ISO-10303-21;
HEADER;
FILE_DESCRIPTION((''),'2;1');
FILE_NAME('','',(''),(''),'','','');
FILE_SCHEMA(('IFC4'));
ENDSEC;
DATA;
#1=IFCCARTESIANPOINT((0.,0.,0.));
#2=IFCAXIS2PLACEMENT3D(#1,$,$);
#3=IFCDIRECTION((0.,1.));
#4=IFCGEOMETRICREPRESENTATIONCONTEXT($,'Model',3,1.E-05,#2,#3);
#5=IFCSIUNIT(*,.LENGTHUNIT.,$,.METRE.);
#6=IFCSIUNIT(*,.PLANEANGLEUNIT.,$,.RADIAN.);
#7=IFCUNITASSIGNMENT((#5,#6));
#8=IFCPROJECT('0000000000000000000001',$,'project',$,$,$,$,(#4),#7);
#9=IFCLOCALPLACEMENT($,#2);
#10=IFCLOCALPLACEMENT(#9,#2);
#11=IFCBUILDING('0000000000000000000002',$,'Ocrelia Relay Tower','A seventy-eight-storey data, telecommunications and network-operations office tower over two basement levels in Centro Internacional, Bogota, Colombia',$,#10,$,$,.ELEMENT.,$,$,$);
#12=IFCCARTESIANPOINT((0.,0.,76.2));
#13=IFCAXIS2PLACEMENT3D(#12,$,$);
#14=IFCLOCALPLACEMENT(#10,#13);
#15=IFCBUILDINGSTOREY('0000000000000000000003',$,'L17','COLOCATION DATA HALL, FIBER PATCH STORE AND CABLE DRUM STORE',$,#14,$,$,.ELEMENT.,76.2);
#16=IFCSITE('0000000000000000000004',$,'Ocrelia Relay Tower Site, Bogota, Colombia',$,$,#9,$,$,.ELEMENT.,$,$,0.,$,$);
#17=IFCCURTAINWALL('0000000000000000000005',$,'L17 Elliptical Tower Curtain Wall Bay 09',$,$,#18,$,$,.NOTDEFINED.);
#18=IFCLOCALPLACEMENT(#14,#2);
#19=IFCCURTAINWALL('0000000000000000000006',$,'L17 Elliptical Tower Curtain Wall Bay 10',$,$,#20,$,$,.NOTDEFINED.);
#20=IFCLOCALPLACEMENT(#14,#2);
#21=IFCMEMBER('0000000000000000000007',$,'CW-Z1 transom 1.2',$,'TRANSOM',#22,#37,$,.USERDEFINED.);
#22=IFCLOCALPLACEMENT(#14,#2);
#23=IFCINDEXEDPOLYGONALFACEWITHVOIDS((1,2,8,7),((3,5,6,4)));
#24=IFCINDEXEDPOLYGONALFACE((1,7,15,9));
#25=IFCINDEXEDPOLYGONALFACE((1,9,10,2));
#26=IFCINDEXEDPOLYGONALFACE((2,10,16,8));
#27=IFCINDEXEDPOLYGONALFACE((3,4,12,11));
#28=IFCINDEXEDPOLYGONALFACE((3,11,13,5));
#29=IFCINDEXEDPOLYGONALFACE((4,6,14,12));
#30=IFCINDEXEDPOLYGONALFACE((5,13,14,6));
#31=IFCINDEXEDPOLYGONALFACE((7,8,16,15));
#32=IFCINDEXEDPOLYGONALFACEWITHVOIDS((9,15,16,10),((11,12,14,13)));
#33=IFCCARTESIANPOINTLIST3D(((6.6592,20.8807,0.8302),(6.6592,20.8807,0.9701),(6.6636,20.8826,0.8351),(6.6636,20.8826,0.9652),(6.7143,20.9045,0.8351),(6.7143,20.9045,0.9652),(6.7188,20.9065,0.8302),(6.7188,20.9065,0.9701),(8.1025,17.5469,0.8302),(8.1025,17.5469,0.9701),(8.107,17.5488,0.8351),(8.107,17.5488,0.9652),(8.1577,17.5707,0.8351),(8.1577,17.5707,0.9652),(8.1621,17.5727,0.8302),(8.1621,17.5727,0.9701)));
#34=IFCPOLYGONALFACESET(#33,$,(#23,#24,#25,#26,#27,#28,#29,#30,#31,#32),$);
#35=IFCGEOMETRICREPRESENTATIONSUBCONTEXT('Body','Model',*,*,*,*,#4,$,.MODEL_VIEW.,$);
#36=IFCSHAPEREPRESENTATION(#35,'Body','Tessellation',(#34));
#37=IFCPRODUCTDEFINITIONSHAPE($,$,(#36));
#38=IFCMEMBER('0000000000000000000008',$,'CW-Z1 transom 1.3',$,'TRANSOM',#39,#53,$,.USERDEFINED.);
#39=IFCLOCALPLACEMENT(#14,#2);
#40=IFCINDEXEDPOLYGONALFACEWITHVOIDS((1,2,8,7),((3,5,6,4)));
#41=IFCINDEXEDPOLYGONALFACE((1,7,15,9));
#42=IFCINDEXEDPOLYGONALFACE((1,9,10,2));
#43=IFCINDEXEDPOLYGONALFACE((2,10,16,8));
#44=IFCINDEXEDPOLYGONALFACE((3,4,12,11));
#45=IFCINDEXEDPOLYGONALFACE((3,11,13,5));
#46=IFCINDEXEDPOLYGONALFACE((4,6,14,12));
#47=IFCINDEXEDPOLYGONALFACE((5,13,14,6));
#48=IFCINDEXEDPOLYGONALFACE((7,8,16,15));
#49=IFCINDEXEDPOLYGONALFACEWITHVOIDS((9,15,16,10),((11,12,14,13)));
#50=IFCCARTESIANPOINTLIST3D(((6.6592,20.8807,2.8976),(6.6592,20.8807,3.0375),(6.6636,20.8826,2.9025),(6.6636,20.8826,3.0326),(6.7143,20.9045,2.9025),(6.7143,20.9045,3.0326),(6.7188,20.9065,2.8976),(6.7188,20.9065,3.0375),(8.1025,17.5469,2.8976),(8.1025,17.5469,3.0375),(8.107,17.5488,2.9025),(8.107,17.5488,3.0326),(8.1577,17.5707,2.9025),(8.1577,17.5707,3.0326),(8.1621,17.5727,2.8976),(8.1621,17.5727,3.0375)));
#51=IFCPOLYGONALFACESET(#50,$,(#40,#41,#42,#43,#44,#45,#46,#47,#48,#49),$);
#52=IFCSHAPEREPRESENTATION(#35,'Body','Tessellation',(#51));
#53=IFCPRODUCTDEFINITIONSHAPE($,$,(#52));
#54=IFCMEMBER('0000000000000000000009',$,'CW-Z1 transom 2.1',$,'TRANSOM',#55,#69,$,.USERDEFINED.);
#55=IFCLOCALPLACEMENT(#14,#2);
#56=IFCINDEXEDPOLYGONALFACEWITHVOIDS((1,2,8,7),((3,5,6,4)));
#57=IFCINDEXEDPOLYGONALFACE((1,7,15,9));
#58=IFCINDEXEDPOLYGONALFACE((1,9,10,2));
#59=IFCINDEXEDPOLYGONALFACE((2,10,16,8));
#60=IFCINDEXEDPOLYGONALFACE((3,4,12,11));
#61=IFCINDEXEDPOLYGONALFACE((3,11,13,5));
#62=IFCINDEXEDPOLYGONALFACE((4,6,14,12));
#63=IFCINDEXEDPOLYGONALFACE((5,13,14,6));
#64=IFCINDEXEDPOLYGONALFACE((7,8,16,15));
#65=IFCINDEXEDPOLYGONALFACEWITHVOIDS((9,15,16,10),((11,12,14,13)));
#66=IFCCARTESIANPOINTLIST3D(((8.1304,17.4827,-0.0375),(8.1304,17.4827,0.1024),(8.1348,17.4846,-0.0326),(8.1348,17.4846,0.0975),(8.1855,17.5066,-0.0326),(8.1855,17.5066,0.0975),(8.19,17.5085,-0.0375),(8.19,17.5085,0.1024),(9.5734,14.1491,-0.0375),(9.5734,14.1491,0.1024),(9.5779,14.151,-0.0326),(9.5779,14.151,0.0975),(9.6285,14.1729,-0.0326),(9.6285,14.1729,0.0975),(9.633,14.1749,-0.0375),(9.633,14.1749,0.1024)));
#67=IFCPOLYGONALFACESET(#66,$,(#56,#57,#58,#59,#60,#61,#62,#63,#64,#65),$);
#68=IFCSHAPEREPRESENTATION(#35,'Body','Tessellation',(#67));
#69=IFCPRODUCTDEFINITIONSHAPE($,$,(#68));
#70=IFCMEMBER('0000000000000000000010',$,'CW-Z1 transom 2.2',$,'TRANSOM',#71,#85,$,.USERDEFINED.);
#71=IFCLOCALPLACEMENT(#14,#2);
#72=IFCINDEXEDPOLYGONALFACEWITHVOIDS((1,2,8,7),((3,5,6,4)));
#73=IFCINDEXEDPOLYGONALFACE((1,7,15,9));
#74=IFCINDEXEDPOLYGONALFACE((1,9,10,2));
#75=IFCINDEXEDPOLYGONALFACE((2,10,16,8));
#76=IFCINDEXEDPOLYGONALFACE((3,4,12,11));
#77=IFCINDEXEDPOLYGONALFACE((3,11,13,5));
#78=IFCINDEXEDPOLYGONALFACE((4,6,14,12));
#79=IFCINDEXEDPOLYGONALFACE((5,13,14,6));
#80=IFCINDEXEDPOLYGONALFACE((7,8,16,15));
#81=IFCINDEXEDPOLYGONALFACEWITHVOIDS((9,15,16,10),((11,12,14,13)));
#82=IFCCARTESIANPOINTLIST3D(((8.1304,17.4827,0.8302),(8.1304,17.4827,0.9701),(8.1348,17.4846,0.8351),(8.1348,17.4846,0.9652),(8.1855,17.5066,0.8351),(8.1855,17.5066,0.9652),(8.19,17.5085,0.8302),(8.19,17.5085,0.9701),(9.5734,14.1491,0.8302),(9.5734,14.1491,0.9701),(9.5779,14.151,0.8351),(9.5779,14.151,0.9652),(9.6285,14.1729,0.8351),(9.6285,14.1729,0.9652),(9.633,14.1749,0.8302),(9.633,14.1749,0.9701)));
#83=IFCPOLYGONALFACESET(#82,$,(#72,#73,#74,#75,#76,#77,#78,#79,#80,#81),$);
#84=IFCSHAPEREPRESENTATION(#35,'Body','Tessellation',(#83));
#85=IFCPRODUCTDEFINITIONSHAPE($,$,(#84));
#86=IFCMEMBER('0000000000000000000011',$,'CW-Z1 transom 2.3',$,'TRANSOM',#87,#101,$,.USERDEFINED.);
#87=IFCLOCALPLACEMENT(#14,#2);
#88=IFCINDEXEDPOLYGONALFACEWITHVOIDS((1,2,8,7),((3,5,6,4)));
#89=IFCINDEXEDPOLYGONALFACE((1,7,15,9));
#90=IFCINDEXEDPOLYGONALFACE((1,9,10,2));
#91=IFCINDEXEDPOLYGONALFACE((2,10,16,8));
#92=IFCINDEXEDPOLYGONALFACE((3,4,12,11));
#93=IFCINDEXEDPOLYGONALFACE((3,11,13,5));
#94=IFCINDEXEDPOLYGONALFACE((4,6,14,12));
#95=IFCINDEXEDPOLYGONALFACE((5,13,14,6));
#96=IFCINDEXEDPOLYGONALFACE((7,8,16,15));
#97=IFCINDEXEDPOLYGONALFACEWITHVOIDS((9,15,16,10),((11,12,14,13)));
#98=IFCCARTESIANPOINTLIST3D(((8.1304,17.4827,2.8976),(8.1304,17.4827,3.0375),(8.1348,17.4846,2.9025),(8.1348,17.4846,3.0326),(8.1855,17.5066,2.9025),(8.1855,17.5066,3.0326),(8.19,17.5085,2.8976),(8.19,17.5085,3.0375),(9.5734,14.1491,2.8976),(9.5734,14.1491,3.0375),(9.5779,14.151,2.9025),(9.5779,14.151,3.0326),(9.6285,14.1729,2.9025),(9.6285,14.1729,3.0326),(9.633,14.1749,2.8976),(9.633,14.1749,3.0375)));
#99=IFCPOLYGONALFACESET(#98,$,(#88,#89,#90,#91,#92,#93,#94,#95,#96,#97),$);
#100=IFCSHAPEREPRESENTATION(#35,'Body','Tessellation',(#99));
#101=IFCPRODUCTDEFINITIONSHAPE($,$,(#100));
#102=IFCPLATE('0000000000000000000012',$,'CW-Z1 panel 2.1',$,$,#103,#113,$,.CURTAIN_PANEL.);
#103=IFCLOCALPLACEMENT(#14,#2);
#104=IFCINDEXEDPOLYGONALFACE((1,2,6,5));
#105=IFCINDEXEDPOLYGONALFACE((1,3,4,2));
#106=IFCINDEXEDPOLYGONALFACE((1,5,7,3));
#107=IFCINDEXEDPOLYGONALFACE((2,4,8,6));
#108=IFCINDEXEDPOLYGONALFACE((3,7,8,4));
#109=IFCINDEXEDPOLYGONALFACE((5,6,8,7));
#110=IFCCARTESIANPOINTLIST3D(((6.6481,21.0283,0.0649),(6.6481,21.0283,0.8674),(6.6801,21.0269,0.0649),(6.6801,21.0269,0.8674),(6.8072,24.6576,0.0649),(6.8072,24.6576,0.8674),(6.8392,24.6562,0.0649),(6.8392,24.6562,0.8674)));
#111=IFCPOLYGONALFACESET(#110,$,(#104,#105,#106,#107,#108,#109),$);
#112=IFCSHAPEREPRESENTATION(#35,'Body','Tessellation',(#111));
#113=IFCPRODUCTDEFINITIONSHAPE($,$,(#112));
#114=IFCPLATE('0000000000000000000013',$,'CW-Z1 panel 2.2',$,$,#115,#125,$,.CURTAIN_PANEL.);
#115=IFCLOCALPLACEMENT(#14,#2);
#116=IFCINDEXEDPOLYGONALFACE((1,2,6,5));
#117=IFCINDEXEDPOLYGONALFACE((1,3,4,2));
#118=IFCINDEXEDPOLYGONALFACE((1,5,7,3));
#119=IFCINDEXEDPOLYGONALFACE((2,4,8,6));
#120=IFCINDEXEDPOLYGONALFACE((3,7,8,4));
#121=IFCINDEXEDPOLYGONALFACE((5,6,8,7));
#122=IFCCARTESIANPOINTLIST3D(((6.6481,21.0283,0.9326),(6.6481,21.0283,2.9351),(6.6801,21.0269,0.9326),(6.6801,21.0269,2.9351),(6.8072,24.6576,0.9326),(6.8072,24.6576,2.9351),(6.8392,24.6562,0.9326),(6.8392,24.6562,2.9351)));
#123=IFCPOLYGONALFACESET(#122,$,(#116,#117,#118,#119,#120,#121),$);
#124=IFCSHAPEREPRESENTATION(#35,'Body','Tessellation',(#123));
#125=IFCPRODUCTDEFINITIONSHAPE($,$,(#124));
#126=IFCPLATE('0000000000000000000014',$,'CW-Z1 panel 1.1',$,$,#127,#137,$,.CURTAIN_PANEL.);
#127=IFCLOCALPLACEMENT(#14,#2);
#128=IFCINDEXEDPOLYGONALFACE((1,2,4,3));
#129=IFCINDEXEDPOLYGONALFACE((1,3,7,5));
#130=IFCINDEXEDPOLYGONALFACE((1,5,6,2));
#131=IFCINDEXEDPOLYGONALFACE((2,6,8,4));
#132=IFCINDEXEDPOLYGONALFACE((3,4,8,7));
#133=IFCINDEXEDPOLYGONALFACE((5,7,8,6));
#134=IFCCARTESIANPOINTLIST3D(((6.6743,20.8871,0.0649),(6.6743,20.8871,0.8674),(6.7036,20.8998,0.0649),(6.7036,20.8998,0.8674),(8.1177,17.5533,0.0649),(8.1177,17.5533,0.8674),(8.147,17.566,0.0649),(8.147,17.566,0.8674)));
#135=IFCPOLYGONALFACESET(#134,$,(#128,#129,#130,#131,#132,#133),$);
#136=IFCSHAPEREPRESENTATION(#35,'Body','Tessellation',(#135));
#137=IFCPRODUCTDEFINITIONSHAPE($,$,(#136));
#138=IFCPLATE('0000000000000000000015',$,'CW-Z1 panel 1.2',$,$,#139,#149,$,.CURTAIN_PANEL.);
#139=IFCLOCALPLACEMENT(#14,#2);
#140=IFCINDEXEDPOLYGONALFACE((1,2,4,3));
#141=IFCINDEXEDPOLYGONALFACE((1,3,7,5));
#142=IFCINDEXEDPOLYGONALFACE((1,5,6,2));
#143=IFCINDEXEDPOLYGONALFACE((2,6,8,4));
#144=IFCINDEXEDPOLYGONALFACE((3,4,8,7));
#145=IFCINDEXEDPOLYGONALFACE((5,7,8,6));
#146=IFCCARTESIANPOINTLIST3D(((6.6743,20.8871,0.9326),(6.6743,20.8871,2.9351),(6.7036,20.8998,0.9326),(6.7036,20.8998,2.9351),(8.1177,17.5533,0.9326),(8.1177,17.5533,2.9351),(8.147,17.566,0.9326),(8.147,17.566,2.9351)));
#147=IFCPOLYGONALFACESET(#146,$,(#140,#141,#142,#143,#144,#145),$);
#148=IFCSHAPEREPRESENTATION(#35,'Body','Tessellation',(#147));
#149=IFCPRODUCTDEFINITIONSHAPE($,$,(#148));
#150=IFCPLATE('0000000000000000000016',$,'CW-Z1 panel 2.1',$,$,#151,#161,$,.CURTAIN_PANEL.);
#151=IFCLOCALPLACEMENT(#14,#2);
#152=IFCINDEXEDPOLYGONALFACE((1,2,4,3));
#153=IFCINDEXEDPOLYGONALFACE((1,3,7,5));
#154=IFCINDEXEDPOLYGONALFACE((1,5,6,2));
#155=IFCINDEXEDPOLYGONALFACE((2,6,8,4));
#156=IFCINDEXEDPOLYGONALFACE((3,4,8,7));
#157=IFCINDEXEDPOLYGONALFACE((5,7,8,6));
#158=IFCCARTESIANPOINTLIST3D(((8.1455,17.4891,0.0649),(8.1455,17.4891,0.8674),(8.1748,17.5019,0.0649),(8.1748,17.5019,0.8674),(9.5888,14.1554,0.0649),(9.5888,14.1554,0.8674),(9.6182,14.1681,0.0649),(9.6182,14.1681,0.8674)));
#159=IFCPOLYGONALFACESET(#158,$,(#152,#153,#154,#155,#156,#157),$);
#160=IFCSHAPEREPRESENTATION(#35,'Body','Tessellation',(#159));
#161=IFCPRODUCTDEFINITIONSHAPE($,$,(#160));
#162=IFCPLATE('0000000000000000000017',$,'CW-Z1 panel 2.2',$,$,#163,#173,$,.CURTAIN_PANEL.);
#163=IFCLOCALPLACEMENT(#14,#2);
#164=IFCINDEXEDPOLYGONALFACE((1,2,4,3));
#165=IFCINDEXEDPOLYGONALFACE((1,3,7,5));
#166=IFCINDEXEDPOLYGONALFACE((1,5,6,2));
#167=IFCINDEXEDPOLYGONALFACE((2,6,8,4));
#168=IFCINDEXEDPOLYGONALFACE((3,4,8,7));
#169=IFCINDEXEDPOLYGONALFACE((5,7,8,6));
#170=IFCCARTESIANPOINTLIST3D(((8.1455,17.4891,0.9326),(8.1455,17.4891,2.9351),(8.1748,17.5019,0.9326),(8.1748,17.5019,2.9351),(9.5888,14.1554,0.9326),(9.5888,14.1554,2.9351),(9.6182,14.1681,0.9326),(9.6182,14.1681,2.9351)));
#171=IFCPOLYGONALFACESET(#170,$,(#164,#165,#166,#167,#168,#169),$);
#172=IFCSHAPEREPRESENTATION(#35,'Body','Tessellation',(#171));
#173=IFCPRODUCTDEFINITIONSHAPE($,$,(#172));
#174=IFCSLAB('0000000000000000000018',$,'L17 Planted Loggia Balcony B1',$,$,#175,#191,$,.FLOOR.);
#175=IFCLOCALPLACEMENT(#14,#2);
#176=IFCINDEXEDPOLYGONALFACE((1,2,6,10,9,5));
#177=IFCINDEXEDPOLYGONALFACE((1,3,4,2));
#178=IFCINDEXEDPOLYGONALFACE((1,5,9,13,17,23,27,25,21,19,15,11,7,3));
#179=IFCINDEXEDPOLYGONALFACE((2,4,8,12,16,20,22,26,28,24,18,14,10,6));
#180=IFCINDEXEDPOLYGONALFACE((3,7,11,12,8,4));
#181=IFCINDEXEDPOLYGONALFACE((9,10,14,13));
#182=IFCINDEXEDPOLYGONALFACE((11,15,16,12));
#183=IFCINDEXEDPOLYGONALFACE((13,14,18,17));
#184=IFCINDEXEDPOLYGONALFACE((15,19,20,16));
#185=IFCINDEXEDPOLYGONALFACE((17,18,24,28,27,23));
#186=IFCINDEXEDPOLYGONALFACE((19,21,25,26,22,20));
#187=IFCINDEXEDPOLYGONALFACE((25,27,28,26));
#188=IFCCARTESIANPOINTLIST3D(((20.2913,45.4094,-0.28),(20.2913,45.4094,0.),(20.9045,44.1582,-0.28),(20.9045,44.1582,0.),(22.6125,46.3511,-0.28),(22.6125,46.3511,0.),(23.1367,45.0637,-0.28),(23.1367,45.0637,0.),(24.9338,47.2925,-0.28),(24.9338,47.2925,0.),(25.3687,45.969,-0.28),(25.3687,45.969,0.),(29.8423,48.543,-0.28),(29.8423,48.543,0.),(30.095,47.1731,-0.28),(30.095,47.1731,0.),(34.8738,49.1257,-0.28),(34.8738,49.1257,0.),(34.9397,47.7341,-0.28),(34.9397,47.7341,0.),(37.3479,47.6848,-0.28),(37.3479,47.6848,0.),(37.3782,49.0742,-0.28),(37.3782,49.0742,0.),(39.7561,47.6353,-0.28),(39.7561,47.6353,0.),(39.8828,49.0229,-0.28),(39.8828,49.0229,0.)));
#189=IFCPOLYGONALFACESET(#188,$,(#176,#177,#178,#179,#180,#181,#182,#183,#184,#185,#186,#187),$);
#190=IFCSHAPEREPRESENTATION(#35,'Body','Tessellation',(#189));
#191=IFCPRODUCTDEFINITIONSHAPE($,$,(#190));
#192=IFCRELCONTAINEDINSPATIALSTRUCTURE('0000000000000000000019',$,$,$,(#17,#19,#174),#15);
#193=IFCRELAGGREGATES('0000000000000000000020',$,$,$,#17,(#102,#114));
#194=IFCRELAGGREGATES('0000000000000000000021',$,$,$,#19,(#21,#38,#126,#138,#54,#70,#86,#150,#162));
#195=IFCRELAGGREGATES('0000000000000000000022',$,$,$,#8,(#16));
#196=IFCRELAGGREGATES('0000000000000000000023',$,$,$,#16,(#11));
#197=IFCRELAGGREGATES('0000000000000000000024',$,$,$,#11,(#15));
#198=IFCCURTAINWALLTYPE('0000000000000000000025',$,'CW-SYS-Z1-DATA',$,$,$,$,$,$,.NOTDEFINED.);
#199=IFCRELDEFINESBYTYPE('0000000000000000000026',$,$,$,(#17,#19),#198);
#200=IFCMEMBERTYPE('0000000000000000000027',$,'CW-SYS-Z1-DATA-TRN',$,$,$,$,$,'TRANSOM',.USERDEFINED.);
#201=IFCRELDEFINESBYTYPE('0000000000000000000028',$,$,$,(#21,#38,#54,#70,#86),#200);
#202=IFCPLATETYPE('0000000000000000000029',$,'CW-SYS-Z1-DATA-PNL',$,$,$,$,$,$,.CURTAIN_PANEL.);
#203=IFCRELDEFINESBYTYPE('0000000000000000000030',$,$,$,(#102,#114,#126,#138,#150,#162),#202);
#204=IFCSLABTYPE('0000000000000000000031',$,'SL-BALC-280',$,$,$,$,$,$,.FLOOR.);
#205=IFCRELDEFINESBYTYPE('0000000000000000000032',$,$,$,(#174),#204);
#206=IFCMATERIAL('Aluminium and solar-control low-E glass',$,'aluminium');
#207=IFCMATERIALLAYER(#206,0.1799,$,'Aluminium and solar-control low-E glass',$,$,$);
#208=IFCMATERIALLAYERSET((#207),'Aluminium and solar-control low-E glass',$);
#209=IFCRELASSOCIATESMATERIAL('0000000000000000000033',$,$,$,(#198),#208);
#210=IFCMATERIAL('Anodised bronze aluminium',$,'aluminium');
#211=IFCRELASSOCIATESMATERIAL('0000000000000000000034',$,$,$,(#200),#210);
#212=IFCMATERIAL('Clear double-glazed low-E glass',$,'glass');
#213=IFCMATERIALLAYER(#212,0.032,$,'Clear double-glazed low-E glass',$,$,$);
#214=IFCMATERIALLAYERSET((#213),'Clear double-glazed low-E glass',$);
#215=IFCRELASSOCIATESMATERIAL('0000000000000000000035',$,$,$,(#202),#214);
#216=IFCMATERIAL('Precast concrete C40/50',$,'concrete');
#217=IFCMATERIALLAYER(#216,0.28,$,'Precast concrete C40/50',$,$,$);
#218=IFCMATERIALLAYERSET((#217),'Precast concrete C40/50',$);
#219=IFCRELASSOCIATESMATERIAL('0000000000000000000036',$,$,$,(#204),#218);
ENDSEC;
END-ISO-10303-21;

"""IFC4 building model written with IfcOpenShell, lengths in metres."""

from ifc_helpers import new_model, si_unit, direction, frame, origin, origin_2d, place, context, subcontext, project, spatial, polyline, rectangle, hollow_rectangle, outline, extrude, material, layer, layer_set, material_profile, profile_set, type_object, element, aggregate, save


model = new_model("IFC4")

# Units and contexts
model_context = context("Model", 3, precision=1e-05, world=origin(), true_north=direction((0.0, 1.0)))
body_context = subcontext(model_context, "Body", "Model", "MODEL_VIEW")
ifc_project = project(units=[si_unit("LENGTHUNIT", "METRE"), si_unit("PLANEANGLEUNIT", "RADIAN")], contexts=[model_context])

# Site, building, storey
site_placement = place(None, origin())
site = spatial("IfcSite", under=ifc_project, at=site_placement, Name="Ocrelia Relay Tower Site, Bogota, Colombia", CompositionType="ELEMENT", RefElevation=0.0)
building_placement = place(site_placement, origin())
building = spatial("IfcBuilding", under=site, at=building_placement, Name="Ocrelia Relay Tower", Description="A seventy-eight-storey data, telecommunications and network-operations office tower over two basement levels in Centro Internacional, Bogota, Colombia", CompositionType="ELEMENT")
storey_placement = place(building_placement, frame((0.0, 0.0, 76.2)))
storey = spatial("IfcBuildingStorey", under=building, at=storey_placement, Name="L17", Description="COLOCATION DATA HALL, FIBER PATCH STORE AND CABLE DRUM STORE", CompositionType="ELEMENT", Elevation=76.2)

# Curtain wall
ifc_material_1 = material(Name="Aluminium and solar-control low-E glass", Category="aluminium")
ifc_layer_1 = layer(ifc_material_1, 0.1799, Name="Aluminium and solar-control low-E glass")
ifc_layer_set_1 = layer_set([ifc_layer_1], Name="Aluminium and solar-control low-E glass")
curtain_wall_type = type_object("IfcCurtainWallType", Name="CW-SYS-Z1-DATA", PredefinedType="NOTDEFINED", material=ifc_layer_set_1)
curtain_wall_1_placement = place(storey_placement, origin())
curtain_wall_1 = element("IfcCurtainWall", 1, at=curtain_wall_1_placement, inside=storey, type_object=curtain_wall_type, Name="L17 Elliptical Tower Curtain Wall Bay 09", PredefinedType="NOTDEFINED")
ifc_material_2 = material(Name="Anodised bronze aluminium", Category="aluminium")

# Curtain wall, members
curtain_wall_2_placement = place(storey_placement, origin())
curtain_wall_2 = element("IfcCurtainWall", 2, at=curtain_wall_2_placement, inside=storey, type_object=curtain_wall_type, Name="L17 Elliptical Tower Curtain Wall Bay 10", PredefinedType="NOTDEFINED")
ifc_material_profile_1 = material_profile(ifc_material_2, hollow_rectangle(XDim=0.0649, YDim=0.1399, WallThickness=0.0049, at=origin_2d()), Name="CW-TRN-140x65")
ifc_profile_set_1 = profile_set([ifc_material_profile_1], Name="Anodised bronze aluminium")
member_type_1 = type_object("IfcMemberType", Name="CW-SYS-Z1-DATA-TRN", ElementType="TRANSOM", PredefinedType="USERDEFINED", material=ifc_profile_set_1)
member_1_placement = place(storey_placement, frame((6.689, 20.8936, 0.9001), z_axis=(0.397315, -0.917682, 0.0), x_axis=(0.917682, 0.397315, 0.0)))
member_1 = element("IfcMember", 3, at=member_1_placement, type_object=member_type_1, Name="CW-Z1 transom 1.2", ObjectType="TRANSOM", PredefinedType="USERDEFINED", context=body_context, shape_type="SweptSolid", body=[
    extrude(hollow_rectangle(XDim=0.0649, YDim=0.1399, WallThickness=0.0049, at=origin_2d()), origin(), (0.0, 0.0, 1.0), 3.6328),
])
member_2_placement = place(storey_placement, frame((6.689, 20.8936, 2.9675), z_axis=(0.397315, -0.917682, 0.0), x_axis=(0.917682, 0.397315, 0.0)))
member_2 = element("IfcMember", 4, at=member_2_placement, type_object=member_type_1, Name="CW-Z1 transom 1.3", ObjectType="TRANSOM", PredefinedType="USERDEFINED", context=body_context, shape_type="SweptSolid", body=[
    extrude(hollow_rectangle(XDim=0.0649, YDim=0.1399, WallThickness=0.0049, at=origin_2d()), origin(), (0.0, 0.0, 1.0), 3.6328),
])
member_3_placement = place(storey_placement, frame((8.1602, 17.4956, 0.0325), z_axis=(0.397258, -0.917707, 0.0), x_axis=(0.917707, 0.397258, 0.0)))
member_3 = element("IfcMember", 5, at=member_3_placement, type_object=member_type_1, Name="CW-Z1 transom 2.1", ObjectType="TRANSOM", PredefinedType="USERDEFINED", context=body_context, shape_type="SweptSolid", body=[
    extrude(hollow_rectangle(XDim=0.0649, YDim=0.1399, WallThickness=0.0049, at=origin_2d()), origin(), (0.0, 0.0, 1.0), 3.6326),
])
member_4_placement = place(storey_placement, frame((8.1602, 17.4956, 0.9001), z_axis=(0.397258, -0.917707, 0.0), x_axis=(0.917707, 0.397258, 0.0)))
member_4 = element("IfcMember", 6, at=member_4_placement, type_object=member_type_1, Name="CW-Z1 transom 2.2", ObjectType="TRANSOM", PredefinedType="USERDEFINED", context=body_context, shape_type="SweptSolid", body=[
    extrude(hollow_rectangle(XDim=0.0649, YDim=0.1399, WallThickness=0.0049, at=origin_2d()), origin(), (0.0, 0.0, 1.0), 3.6326),
])
member_5_placement = place(storey_placement, frame((8.1602, 17.4956, 2.9675), z_axis=(0.397258, -0.917707, 0.0), x_axis=(0.917707, 0.397258, 0.0)))
member_5 = element("IfcMember", 7, at=member_5_placement, type_object=member_type_1, Name="CW-Z1 transom 2.3", ObjectType="TRANSOM", PredefinedType="USERDEFINED", context=body_context, shape_type="SweptSolid", body=[
    extrude(hollow_rectangle(XDim=0.0649, YDim=0.1399, WallThickness=0.0049, at=origin_2d()), origin(), (0.0, 0.0, 1.0), 3.6326),
])

# Plates
ifc_material_3 = material(Name="Clear double-glazed low-E glass", Category="glass")
ifc_layer_2 = layer(ifc_material_3, 0.032, Name="Clear double-glazed low-E glass")
ifc_layer_set_2 = layer_set([ifc_layer_2], Name="Clear double-glazed low-E glass")
plate_type = type_object("IfcPlateType", Name="CW-SYS-Z1-DATA-PNL", PredefinedType="CURTAIN_PANEL", material=ifc_layer_set_2)
plate_1_placement = place(storey_placement, frame((6.7437, 22.8423, 0.0649), z_axis=(0.0, 0.0, 1.0), x_axis=(-0.043797, -0.99904, 0.0)))
plate_1 = element("IfcPlate", 8, at=plate_1_placement, type_object=plate_type, Name="CW-Z1 panel 2.1", PredefinedType="CURTAIN_PANEL", context=body_context, shape_type="SweptSolid", body=[
    extrude(rectangle(XDim=3.6328, YDim=0.032, at=origin_2d()), origin(), (0.0, 0.0, 1.0), 0.8025),
])
plate_2_placement = place(storey_placement, frame((6.7437, 22.8423, 0.9326), z_axis=(0.0, 0.0, 1.0), x_axis=(-0.043797, -0.99904, 0.0)))
plate_2 = element("IfcPlate", 9, at=plate_2_placement, type_object=plate_type, Name="CW-Z1 panel 2.2", PredefinedType="CURTAIN_PANEL", context=body_context, shape_type="SweptSolid", body=[
    extrude(rectangle(XDim=3.6328, YDim=0.032, at=origin_2d()), origin(), (0.0, 0.0, 1.0), 2.0024),
])
aggregate(curtain_wall_1, [plate_1, plate_2])
plate_3_placement = place(storey_placement, frame((7.4106, 19.2266, 0.0649), z_axis=(0.0, 0.0, 1.0), x_axis=(0.397313, -0.917683, 0.0)))
plate_3 = element("IfcPlate", 10, at=plate_3_placement, type_object=plate_type, Name="CW-Z1 panel 1.1", PredefinedType="CURTAIN_PANEL", context=body_context, shape_type="SweptSolid", body=[
    extrude(rectangle(XDim=3.6328, YDim=0.032, at=origin_2d()), origin(), (0.0, 0.0, 1.0), 0.8025),
])
plate_4_placement = place(storey_placement, frame((7.4106, 19.2266, 0.9326), z_axis=(0.0, 0.0, 1.0), x_axis=(0.397313, -0.917683, 0.0)))
plate_4 = element("IfcPlate", 11, at=plate_4_placement, type_object=plate_type, Name="CW-Z1 panel 1.2", PredefinedType="CURTAIN_PANEL", context=body_context, shape_type="SweptSolid", body=[
    extrude(rectangle(XDim=3.6328, YDim=0.032, at=origin_2d()), origin(), (0.0, 0.0, 1.0), 2.0024),
])
plate_5_placement = place(storey_placement, frame((8.8818, 15.8286, 0.0649), z_axis=(0.0, 0.0, 1.0), x_axis=(0.397313, -0.917683, 0.0)))
plate_5 = element("IfcPlate", 12, at=plate_5_placement, type_object=plate_type, Name="CW-Z1 panel 2.1", PredefinedType="CURTAIN_PANEL", context=body_context, shape_type="SweptSolid", body=[
    extrude(rectangle(XDim=3.6328, YDim=0.032, at=origin_2d()), origin(), (0.0, 0.0, 1.0), 0.8025),
])
plate_6_placement = place(storey_placement, frame((8.8818, 15.8286, 0.9326), z_axis=(0.0, 0.0, 1.0), x_axis=(0.397313, -0.917683, 0.0)))
plate_6 = element("IfcPlate", 13, at=plate_6_placement, type_object=plate_type, Name="CW-Z1 panel 2.2", PredefinedType="CURTAIN_PANEL", context=body_context, shape_type="SweptSolid", body=[
    extrude(rectangle(XDim=3.6328, YDim=0.032, at=origin_2d()), origin(), (0.0, 0.0, 1.0), 2.0024),
])
aggregate(curtain_wall_2, [member_1, member_2, plate_3, plate_4, member_3, member_4, member_5, plate_5, plate_6])

# Slab
ifc_material_4 = material(Name="Precast concrete C40/50", Category="concrete")
ifc_layer_3 = layer(ifc_material_4, 0.28, Name="Precast concrete C40/50")
ifc_layer_set_3 = layer_set([ifc_layer_3], Name="Precast concrete C40/50")
slab_type_1 = type_object("IfcSlabType", Name="SL-BALC-280", PredefinedType="FLOOR", material=ifc_layer_set_3)
slab_1_placement = place(storey_placement, frame((0.0, 0.0, -0.28)))
element("IfcSlab", 14, at=slab_1_placement, inside=storey, type_object=slab_type_1, Name="L17 Planted Loggia Balcony B1", PredefinedType="FLOOR", context=body_context, shape_type="SweptSolid", body=[
    extrude(outline(polyline([(39.7561, 47.6353), (37.3479, 47.6848), (34.9397, 47.7341), (30.095, 47.1731), (25.3687, 45.969), (23.1367, 45.0637), (20.9045, 44.1582), (20.2913, 45.4094), (22.6125, 46.3511), (24.9338, 47.2925), (29.8423, 48.543), (34.8738, 49.1257), (37.3782, 49.0742), (39.8828, 49.0229), (39.7561, 47.6353)])), origin(), (0.0, 0.0, 1.0), 0.28),
])

save(model, "model.ifc")
